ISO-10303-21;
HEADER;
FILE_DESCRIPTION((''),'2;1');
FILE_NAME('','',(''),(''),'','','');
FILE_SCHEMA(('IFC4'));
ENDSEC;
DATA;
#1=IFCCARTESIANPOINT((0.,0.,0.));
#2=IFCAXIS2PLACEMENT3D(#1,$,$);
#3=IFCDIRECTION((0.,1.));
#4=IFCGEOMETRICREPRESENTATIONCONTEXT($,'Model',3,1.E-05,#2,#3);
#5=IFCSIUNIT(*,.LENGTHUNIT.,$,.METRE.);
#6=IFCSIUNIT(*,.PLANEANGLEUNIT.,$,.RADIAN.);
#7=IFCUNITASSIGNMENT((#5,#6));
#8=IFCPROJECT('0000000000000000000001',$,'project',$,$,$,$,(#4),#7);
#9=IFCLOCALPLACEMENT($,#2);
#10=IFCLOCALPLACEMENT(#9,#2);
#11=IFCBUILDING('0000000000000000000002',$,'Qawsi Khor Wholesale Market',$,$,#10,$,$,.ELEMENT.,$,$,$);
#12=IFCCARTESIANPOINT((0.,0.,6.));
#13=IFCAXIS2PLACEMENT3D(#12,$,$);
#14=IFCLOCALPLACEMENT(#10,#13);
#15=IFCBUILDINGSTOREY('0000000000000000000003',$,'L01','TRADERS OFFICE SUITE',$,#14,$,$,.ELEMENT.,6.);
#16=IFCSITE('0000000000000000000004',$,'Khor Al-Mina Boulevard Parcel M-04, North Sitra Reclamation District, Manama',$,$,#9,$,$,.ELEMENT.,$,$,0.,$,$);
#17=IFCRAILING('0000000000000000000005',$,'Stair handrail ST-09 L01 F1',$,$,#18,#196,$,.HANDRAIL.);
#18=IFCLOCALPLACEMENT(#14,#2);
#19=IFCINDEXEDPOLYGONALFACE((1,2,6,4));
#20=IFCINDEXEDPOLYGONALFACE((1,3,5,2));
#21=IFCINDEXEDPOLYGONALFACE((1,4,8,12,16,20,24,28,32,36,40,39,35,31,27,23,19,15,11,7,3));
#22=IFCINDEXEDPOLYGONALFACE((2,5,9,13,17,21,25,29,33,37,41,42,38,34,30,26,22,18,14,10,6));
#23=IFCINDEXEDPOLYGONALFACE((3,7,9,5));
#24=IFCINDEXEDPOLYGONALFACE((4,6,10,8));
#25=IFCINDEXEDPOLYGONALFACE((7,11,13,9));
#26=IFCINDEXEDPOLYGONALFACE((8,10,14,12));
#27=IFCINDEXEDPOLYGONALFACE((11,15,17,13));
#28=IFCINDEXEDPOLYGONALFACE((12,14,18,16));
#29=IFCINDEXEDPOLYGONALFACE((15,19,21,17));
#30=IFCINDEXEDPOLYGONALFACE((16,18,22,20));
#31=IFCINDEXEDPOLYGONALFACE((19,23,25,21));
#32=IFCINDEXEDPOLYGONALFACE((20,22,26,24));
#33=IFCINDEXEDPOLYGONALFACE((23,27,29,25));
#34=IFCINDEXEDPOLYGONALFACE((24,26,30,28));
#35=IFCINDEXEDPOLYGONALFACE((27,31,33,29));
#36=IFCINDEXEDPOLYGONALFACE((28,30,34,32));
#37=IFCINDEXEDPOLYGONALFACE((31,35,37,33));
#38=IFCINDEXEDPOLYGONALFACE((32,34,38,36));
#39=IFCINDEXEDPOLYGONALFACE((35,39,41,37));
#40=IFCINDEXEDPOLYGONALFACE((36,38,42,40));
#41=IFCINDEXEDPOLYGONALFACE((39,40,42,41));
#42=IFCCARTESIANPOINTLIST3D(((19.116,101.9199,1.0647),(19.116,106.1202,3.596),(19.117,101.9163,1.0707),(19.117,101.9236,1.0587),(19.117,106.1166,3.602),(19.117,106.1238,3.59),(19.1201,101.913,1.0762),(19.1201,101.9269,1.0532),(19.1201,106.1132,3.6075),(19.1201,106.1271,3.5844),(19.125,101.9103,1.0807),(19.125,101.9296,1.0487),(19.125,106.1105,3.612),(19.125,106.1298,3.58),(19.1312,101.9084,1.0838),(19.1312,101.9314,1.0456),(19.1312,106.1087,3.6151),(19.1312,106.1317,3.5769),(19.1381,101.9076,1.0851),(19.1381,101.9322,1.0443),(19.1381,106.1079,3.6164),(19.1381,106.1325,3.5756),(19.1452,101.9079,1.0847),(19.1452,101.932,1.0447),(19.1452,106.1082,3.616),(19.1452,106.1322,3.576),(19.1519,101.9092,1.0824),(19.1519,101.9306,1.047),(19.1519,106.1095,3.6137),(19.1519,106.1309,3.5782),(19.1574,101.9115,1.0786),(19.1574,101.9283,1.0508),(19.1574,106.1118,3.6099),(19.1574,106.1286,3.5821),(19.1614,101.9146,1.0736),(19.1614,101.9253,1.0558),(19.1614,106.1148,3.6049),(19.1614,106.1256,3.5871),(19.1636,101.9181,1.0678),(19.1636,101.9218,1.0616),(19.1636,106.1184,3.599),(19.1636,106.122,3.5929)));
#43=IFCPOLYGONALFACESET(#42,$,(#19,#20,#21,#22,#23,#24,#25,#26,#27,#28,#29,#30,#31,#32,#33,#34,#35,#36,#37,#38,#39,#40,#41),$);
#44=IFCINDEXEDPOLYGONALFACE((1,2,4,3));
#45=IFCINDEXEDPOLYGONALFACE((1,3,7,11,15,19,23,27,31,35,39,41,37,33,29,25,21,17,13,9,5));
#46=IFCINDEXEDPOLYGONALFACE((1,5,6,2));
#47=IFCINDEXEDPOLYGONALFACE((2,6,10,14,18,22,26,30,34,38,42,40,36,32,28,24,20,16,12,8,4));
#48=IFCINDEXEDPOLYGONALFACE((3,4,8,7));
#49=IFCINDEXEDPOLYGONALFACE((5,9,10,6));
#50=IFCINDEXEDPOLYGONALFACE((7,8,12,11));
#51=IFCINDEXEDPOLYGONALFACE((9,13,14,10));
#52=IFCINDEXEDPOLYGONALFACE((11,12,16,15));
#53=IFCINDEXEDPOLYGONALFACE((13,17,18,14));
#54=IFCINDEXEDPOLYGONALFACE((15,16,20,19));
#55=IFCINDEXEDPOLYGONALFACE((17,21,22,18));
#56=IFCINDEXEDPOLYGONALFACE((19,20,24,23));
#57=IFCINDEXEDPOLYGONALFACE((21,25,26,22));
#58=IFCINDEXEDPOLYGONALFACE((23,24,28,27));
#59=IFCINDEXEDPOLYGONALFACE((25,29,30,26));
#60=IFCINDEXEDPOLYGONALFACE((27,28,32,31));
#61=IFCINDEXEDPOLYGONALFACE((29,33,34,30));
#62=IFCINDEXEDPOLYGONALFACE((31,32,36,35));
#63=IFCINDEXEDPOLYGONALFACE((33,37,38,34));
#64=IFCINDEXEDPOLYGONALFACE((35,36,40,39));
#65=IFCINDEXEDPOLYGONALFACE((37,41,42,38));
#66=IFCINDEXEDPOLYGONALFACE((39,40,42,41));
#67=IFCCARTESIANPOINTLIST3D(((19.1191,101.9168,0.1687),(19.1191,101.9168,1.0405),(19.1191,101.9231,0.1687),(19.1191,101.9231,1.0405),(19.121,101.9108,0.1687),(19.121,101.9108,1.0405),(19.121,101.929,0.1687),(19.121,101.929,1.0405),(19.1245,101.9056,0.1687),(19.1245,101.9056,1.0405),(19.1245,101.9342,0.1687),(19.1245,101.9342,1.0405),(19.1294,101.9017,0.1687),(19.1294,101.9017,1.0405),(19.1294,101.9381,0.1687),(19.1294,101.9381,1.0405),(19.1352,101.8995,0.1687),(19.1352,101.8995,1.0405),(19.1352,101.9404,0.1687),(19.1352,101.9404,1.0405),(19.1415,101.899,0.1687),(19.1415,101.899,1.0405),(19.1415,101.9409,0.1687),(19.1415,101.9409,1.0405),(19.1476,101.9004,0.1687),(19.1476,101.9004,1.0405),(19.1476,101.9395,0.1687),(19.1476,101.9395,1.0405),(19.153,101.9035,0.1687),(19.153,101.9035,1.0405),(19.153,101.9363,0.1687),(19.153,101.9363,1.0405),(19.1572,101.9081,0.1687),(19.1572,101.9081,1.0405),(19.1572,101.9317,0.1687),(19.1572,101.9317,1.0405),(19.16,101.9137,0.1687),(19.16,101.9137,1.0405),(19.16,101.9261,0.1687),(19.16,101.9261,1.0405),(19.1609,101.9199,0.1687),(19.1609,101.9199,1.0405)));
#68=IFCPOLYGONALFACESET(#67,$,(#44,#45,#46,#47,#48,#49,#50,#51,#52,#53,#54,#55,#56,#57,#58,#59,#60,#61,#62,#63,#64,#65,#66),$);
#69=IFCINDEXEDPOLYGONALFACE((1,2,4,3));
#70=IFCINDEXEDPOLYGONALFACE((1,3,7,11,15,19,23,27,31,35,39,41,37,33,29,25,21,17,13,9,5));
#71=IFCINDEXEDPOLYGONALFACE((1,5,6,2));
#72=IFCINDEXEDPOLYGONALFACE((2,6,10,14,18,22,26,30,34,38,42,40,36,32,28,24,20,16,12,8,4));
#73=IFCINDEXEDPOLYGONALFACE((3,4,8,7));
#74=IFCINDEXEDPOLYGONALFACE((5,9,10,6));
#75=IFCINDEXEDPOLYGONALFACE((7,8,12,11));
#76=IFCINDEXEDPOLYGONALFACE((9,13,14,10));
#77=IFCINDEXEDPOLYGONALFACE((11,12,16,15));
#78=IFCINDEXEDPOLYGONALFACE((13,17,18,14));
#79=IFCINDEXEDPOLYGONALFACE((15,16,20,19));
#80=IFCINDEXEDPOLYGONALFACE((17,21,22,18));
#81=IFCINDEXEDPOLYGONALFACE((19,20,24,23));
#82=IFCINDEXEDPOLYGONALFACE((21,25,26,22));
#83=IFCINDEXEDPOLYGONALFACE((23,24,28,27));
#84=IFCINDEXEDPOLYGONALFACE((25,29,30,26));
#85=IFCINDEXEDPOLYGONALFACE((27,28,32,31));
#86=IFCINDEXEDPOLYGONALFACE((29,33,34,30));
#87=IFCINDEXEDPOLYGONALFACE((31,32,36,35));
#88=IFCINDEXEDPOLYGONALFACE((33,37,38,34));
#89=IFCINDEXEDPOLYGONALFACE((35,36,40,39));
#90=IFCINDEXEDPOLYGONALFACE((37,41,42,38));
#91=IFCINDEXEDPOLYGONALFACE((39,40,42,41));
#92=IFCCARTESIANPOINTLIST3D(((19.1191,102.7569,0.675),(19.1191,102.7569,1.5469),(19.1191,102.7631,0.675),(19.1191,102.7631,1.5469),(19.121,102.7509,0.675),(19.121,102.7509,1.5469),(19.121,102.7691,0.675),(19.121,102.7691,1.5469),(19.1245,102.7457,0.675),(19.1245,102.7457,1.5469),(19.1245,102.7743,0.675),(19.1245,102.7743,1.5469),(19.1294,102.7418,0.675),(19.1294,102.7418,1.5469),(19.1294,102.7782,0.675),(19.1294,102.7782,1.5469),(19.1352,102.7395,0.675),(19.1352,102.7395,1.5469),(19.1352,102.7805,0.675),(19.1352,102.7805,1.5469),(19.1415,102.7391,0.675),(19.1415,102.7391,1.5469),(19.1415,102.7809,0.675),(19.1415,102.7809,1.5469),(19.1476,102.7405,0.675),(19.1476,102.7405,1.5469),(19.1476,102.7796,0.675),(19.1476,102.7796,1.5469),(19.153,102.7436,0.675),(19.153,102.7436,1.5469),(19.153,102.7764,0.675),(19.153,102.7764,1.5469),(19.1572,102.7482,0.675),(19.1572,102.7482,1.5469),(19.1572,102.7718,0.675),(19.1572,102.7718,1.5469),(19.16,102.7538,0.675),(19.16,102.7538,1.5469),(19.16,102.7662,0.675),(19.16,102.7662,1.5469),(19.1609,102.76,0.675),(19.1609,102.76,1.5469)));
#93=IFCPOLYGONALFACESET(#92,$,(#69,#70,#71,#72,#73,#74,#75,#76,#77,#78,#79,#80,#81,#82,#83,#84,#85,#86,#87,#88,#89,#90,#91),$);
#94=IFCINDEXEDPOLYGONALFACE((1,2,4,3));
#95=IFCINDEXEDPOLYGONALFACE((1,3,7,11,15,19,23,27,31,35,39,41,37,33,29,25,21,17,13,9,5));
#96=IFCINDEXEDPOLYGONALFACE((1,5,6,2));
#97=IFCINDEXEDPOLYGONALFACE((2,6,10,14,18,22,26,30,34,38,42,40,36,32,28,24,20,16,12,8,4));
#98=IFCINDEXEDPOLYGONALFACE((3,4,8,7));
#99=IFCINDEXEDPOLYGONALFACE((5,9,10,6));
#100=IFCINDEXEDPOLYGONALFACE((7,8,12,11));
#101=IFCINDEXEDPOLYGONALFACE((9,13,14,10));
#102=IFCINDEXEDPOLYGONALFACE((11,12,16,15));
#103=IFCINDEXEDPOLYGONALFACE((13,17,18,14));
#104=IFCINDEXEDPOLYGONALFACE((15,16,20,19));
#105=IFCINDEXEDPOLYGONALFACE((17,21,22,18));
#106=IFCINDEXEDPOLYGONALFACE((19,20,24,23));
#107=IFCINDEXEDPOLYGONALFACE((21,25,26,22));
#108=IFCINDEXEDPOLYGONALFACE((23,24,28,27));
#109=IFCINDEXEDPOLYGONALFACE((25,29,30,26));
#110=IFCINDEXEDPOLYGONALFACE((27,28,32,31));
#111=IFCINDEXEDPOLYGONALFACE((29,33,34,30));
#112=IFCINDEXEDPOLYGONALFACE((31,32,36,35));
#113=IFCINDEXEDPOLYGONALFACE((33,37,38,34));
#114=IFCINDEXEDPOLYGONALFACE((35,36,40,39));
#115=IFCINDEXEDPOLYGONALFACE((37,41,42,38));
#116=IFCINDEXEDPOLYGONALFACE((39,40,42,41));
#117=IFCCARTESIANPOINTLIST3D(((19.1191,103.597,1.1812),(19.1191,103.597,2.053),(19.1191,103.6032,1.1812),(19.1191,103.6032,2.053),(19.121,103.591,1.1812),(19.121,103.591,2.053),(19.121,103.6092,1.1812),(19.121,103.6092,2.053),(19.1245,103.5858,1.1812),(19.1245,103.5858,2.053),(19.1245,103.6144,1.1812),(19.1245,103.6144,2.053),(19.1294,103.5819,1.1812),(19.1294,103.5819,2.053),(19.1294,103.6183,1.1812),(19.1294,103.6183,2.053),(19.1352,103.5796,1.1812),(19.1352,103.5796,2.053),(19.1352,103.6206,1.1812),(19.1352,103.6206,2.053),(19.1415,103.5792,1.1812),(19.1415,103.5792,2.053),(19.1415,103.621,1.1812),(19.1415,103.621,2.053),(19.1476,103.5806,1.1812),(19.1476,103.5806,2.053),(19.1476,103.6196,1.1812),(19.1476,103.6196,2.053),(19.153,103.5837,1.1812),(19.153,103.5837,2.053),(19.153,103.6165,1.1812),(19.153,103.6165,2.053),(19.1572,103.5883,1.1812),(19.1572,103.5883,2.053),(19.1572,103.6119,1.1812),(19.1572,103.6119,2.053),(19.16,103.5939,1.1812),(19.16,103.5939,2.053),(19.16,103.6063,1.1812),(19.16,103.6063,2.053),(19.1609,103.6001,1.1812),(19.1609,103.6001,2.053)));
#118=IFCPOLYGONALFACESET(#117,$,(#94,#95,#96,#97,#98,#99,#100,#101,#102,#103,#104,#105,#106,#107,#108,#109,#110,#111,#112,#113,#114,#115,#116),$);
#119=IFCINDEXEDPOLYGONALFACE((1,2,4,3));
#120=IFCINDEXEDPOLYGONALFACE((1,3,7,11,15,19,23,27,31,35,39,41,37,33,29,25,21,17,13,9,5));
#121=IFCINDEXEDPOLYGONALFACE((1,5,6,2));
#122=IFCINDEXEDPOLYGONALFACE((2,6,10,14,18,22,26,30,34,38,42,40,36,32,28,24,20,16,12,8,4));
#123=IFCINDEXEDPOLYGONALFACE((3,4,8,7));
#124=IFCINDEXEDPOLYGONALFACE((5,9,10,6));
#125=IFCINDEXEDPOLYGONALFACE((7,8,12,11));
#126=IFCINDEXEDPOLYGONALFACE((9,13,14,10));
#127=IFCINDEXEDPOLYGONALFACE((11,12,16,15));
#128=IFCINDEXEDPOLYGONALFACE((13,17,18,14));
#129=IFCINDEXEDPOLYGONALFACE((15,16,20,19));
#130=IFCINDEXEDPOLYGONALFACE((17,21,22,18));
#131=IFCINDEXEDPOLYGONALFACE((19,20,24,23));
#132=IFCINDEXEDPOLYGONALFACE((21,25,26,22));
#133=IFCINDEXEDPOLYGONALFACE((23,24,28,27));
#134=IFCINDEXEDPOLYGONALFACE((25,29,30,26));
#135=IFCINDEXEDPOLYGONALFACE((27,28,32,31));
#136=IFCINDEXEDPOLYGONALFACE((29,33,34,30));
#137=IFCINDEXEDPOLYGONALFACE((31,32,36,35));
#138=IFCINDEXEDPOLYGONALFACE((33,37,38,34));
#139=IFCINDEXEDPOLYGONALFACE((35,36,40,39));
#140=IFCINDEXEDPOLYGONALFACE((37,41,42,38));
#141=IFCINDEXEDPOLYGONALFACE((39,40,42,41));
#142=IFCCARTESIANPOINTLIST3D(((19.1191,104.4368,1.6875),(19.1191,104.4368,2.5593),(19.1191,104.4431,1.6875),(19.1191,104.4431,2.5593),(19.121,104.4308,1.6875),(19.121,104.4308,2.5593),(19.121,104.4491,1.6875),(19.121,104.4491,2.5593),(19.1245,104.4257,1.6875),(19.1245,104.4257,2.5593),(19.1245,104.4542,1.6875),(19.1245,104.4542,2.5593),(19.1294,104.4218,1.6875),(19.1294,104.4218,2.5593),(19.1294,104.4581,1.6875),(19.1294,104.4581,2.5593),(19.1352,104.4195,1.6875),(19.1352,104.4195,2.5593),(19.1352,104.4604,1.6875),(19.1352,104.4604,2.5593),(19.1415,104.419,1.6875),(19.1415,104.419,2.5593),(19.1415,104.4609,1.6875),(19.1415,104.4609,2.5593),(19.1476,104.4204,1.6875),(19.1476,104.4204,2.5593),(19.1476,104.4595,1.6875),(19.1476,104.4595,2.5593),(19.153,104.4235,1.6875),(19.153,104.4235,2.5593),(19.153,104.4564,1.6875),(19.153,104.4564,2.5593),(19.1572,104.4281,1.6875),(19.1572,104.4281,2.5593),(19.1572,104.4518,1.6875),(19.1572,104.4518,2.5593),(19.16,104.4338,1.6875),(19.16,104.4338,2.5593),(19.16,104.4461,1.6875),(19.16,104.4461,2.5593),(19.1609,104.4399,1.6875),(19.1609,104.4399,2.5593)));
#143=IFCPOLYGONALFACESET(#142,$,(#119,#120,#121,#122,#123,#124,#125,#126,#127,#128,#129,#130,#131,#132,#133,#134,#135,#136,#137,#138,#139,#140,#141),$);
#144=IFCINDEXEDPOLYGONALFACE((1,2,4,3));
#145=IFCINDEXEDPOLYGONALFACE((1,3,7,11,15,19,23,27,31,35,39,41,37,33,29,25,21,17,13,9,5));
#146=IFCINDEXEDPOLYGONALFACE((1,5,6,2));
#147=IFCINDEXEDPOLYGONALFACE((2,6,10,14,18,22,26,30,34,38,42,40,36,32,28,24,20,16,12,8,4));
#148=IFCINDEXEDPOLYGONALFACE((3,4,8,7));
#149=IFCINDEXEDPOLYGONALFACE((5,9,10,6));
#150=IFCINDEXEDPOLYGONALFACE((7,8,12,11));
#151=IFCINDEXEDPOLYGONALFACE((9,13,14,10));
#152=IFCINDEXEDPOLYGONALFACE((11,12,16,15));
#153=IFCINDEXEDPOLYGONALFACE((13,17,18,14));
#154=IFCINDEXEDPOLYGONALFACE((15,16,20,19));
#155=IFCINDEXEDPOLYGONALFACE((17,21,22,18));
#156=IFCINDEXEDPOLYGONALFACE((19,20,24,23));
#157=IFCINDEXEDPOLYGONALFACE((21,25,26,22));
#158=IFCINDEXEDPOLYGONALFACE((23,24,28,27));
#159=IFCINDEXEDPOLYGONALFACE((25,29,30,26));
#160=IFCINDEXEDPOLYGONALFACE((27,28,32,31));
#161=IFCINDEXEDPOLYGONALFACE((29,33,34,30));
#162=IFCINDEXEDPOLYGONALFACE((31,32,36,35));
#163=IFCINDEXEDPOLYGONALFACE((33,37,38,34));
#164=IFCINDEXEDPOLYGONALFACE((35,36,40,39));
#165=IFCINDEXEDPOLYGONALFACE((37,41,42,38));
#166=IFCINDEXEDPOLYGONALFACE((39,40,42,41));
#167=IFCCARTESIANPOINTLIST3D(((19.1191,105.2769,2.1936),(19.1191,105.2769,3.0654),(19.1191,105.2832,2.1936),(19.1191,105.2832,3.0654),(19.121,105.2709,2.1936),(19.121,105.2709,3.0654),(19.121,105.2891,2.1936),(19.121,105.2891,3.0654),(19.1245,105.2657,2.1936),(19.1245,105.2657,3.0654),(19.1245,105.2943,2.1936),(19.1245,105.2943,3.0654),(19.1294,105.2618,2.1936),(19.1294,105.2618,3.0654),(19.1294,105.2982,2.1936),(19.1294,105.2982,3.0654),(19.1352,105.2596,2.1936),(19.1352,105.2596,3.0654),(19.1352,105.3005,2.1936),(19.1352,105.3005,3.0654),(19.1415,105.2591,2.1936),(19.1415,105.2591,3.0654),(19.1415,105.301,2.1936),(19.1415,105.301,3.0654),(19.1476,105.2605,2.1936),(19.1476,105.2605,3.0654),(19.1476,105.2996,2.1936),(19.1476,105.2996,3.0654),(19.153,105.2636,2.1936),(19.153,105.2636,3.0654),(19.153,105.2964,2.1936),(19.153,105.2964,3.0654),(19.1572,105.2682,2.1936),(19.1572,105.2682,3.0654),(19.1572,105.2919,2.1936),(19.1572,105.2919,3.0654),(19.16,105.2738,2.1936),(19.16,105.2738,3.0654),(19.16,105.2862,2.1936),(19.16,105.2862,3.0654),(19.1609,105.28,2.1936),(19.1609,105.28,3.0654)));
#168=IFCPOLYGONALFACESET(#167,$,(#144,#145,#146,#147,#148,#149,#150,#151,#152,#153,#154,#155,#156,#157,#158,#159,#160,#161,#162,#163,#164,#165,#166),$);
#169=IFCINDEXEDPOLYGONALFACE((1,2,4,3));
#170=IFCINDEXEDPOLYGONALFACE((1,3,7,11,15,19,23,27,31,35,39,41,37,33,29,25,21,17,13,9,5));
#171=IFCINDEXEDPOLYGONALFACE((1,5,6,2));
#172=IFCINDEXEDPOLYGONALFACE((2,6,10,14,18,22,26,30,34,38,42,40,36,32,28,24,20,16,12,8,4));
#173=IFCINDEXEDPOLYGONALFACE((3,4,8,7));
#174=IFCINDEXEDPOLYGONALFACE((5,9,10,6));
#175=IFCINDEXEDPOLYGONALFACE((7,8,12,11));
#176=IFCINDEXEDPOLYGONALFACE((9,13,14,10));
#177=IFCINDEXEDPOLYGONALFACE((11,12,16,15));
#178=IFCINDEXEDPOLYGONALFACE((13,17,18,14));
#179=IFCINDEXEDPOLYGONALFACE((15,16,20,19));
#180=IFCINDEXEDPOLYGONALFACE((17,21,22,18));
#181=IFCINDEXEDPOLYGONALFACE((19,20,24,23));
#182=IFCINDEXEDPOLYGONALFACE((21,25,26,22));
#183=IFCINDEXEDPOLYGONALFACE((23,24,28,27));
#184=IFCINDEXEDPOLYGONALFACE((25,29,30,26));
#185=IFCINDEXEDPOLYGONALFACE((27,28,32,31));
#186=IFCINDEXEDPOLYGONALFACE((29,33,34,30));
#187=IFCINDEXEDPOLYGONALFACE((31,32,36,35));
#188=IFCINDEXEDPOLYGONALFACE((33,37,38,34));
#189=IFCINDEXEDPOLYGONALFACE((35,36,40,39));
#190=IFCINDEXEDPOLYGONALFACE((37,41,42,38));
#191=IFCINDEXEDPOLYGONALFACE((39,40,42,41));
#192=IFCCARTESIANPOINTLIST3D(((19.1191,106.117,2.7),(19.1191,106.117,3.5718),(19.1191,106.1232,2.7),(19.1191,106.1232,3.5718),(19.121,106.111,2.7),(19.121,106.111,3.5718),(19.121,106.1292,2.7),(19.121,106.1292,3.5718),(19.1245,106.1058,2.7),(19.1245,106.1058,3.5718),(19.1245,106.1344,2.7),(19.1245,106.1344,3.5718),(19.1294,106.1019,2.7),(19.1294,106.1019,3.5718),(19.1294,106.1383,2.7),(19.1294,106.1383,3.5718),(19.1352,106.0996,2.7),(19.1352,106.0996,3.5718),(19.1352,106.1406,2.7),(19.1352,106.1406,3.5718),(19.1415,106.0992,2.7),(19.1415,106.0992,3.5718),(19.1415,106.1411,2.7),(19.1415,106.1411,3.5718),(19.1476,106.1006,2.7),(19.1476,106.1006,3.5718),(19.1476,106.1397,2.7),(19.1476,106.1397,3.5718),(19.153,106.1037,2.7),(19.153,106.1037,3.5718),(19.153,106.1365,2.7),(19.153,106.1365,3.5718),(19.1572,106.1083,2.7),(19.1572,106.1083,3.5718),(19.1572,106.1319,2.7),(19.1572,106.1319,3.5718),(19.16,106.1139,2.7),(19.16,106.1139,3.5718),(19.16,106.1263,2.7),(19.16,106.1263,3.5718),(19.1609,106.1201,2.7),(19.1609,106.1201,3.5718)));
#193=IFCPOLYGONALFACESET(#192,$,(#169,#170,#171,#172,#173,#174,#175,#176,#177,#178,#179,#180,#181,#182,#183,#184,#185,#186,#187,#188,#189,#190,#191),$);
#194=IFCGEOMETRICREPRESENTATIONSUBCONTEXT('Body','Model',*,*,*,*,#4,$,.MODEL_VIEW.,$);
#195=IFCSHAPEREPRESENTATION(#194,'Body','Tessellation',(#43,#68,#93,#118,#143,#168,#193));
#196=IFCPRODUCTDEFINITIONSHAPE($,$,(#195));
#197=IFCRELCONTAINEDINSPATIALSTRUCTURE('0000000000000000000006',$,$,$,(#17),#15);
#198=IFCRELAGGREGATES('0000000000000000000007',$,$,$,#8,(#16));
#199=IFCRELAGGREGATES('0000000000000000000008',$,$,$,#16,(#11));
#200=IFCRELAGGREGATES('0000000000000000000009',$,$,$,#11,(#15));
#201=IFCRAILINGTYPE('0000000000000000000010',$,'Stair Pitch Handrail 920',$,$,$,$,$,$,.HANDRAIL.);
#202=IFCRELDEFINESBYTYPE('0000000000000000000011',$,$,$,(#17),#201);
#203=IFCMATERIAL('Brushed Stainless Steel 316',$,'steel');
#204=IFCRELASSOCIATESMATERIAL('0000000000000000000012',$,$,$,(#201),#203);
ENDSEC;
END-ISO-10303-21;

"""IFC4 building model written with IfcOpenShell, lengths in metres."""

from ifc_helpers import new_model, si_unit, direction, frame, origin, origin_2d, place, context, subcontext, project, spatial, circle, extrude, material, type_object, element, save


model = new_model("IFC4")

# Units and contexts
model_context = context("Model", 3, precision=1e-05, world=origin(), true_north=direction((0.0, 1.0)))
body_context = subcontext(model_context, "Body", "Model", "MODEL_VIEW")
ifc_project = project(units=[si_unit("LENGTHUNIT", "METRE"), si_unit("PLANEANGLEUNIT", "RADIAN")], contexts=[model_context])

# Site, building, storey
site_placement = place(None, origin())
site = spatial("IfcSite", under=ifc_project, at=site_placement, Name="Khor Al-Mina Boulevard Parcel M-04, North Sitra Reclamation District, Manama", CompositionType="ELEMENT", RefElevation=0.0)
building_placement = place(site_placement, origin())
building = spatial("IfcBuilding", under=site, at=building_placement, Name="Qawsi Khor Wholesale Market", CompositionType="ELEMENT")
storey_placement = place(building_placement, frame((0.0, 0.0, 6.0)))
storey = spatial("IfcBuildingStorey", under=building, at=storey_placement, Name="L01", Description="TRADERS OFFICE SUITE", CompositionType="ELEMENT", Elevation=6.0)

# Railing
ifc_material_1 = material(Name="Brushed Stainless Steel 316", Category="steel")
railing_type_1 = type_object("IfcRailingType", Name="Stair Pitch Handrail 920", PredefinedType="HANDRAIL", material=ifc_material_1)
railing_1_placement = place(storey_placement, frame((19.1399, 101.9199, 0.1687)))
element("IfcRailing", 1, at=railing_1_placement, inside=storey, type_object=railing_type_1, Name="Stair handrail ST-09 L01 F1", PredefinedType="HANDRAIL", context=body_context, shape_type="SweptSolid", body=[
    extrude(circle(Radius=0.0239, at=origin_2d()), frame((0.0, 0.0, 0.896), z_axis=(0.0, 0.85649, 0.516164), x_axis=(-1.0, 0.0, 0.0)), (0.0, 0.0, 1.0), 4.9041),
    extrude(circle(Radius=0.021, at=origin_2d()), origin(), (0.0, 0.0, 1.0), 0.8718),
    extrude(circle(Radius=0.021, at=origin_2d()), frame((0.0, 0.8401, 0.5063)), (0.0, 0.0, 1.0), 0.8718),
    extrude(circle(Radius=0.021, at=origin_2d()), frame((0.0, 1.6802, 1.0125)), (0.0, 0.0, 1.0), 0.8718),
    extrude(circle(Radius=0.021, at=origin_2d()), frame((0.0, 2.52, 1.5188)), (0.0, 0.0, 1.0), 0.8718),
    extrude(circle(Radius=0.021, at=origin_2d()), frame((0.0, 3.3601, 2.0249)), (0.0, 0.0, 1.0), 0.8718),
    extrude(circle(Radius=0.021, at=origin_2d()), frame((0.0, 4.2002, 2.5312)), (0.0, 0.0, 1.0), 0.8718),
])

save(model, "model.ifc")
